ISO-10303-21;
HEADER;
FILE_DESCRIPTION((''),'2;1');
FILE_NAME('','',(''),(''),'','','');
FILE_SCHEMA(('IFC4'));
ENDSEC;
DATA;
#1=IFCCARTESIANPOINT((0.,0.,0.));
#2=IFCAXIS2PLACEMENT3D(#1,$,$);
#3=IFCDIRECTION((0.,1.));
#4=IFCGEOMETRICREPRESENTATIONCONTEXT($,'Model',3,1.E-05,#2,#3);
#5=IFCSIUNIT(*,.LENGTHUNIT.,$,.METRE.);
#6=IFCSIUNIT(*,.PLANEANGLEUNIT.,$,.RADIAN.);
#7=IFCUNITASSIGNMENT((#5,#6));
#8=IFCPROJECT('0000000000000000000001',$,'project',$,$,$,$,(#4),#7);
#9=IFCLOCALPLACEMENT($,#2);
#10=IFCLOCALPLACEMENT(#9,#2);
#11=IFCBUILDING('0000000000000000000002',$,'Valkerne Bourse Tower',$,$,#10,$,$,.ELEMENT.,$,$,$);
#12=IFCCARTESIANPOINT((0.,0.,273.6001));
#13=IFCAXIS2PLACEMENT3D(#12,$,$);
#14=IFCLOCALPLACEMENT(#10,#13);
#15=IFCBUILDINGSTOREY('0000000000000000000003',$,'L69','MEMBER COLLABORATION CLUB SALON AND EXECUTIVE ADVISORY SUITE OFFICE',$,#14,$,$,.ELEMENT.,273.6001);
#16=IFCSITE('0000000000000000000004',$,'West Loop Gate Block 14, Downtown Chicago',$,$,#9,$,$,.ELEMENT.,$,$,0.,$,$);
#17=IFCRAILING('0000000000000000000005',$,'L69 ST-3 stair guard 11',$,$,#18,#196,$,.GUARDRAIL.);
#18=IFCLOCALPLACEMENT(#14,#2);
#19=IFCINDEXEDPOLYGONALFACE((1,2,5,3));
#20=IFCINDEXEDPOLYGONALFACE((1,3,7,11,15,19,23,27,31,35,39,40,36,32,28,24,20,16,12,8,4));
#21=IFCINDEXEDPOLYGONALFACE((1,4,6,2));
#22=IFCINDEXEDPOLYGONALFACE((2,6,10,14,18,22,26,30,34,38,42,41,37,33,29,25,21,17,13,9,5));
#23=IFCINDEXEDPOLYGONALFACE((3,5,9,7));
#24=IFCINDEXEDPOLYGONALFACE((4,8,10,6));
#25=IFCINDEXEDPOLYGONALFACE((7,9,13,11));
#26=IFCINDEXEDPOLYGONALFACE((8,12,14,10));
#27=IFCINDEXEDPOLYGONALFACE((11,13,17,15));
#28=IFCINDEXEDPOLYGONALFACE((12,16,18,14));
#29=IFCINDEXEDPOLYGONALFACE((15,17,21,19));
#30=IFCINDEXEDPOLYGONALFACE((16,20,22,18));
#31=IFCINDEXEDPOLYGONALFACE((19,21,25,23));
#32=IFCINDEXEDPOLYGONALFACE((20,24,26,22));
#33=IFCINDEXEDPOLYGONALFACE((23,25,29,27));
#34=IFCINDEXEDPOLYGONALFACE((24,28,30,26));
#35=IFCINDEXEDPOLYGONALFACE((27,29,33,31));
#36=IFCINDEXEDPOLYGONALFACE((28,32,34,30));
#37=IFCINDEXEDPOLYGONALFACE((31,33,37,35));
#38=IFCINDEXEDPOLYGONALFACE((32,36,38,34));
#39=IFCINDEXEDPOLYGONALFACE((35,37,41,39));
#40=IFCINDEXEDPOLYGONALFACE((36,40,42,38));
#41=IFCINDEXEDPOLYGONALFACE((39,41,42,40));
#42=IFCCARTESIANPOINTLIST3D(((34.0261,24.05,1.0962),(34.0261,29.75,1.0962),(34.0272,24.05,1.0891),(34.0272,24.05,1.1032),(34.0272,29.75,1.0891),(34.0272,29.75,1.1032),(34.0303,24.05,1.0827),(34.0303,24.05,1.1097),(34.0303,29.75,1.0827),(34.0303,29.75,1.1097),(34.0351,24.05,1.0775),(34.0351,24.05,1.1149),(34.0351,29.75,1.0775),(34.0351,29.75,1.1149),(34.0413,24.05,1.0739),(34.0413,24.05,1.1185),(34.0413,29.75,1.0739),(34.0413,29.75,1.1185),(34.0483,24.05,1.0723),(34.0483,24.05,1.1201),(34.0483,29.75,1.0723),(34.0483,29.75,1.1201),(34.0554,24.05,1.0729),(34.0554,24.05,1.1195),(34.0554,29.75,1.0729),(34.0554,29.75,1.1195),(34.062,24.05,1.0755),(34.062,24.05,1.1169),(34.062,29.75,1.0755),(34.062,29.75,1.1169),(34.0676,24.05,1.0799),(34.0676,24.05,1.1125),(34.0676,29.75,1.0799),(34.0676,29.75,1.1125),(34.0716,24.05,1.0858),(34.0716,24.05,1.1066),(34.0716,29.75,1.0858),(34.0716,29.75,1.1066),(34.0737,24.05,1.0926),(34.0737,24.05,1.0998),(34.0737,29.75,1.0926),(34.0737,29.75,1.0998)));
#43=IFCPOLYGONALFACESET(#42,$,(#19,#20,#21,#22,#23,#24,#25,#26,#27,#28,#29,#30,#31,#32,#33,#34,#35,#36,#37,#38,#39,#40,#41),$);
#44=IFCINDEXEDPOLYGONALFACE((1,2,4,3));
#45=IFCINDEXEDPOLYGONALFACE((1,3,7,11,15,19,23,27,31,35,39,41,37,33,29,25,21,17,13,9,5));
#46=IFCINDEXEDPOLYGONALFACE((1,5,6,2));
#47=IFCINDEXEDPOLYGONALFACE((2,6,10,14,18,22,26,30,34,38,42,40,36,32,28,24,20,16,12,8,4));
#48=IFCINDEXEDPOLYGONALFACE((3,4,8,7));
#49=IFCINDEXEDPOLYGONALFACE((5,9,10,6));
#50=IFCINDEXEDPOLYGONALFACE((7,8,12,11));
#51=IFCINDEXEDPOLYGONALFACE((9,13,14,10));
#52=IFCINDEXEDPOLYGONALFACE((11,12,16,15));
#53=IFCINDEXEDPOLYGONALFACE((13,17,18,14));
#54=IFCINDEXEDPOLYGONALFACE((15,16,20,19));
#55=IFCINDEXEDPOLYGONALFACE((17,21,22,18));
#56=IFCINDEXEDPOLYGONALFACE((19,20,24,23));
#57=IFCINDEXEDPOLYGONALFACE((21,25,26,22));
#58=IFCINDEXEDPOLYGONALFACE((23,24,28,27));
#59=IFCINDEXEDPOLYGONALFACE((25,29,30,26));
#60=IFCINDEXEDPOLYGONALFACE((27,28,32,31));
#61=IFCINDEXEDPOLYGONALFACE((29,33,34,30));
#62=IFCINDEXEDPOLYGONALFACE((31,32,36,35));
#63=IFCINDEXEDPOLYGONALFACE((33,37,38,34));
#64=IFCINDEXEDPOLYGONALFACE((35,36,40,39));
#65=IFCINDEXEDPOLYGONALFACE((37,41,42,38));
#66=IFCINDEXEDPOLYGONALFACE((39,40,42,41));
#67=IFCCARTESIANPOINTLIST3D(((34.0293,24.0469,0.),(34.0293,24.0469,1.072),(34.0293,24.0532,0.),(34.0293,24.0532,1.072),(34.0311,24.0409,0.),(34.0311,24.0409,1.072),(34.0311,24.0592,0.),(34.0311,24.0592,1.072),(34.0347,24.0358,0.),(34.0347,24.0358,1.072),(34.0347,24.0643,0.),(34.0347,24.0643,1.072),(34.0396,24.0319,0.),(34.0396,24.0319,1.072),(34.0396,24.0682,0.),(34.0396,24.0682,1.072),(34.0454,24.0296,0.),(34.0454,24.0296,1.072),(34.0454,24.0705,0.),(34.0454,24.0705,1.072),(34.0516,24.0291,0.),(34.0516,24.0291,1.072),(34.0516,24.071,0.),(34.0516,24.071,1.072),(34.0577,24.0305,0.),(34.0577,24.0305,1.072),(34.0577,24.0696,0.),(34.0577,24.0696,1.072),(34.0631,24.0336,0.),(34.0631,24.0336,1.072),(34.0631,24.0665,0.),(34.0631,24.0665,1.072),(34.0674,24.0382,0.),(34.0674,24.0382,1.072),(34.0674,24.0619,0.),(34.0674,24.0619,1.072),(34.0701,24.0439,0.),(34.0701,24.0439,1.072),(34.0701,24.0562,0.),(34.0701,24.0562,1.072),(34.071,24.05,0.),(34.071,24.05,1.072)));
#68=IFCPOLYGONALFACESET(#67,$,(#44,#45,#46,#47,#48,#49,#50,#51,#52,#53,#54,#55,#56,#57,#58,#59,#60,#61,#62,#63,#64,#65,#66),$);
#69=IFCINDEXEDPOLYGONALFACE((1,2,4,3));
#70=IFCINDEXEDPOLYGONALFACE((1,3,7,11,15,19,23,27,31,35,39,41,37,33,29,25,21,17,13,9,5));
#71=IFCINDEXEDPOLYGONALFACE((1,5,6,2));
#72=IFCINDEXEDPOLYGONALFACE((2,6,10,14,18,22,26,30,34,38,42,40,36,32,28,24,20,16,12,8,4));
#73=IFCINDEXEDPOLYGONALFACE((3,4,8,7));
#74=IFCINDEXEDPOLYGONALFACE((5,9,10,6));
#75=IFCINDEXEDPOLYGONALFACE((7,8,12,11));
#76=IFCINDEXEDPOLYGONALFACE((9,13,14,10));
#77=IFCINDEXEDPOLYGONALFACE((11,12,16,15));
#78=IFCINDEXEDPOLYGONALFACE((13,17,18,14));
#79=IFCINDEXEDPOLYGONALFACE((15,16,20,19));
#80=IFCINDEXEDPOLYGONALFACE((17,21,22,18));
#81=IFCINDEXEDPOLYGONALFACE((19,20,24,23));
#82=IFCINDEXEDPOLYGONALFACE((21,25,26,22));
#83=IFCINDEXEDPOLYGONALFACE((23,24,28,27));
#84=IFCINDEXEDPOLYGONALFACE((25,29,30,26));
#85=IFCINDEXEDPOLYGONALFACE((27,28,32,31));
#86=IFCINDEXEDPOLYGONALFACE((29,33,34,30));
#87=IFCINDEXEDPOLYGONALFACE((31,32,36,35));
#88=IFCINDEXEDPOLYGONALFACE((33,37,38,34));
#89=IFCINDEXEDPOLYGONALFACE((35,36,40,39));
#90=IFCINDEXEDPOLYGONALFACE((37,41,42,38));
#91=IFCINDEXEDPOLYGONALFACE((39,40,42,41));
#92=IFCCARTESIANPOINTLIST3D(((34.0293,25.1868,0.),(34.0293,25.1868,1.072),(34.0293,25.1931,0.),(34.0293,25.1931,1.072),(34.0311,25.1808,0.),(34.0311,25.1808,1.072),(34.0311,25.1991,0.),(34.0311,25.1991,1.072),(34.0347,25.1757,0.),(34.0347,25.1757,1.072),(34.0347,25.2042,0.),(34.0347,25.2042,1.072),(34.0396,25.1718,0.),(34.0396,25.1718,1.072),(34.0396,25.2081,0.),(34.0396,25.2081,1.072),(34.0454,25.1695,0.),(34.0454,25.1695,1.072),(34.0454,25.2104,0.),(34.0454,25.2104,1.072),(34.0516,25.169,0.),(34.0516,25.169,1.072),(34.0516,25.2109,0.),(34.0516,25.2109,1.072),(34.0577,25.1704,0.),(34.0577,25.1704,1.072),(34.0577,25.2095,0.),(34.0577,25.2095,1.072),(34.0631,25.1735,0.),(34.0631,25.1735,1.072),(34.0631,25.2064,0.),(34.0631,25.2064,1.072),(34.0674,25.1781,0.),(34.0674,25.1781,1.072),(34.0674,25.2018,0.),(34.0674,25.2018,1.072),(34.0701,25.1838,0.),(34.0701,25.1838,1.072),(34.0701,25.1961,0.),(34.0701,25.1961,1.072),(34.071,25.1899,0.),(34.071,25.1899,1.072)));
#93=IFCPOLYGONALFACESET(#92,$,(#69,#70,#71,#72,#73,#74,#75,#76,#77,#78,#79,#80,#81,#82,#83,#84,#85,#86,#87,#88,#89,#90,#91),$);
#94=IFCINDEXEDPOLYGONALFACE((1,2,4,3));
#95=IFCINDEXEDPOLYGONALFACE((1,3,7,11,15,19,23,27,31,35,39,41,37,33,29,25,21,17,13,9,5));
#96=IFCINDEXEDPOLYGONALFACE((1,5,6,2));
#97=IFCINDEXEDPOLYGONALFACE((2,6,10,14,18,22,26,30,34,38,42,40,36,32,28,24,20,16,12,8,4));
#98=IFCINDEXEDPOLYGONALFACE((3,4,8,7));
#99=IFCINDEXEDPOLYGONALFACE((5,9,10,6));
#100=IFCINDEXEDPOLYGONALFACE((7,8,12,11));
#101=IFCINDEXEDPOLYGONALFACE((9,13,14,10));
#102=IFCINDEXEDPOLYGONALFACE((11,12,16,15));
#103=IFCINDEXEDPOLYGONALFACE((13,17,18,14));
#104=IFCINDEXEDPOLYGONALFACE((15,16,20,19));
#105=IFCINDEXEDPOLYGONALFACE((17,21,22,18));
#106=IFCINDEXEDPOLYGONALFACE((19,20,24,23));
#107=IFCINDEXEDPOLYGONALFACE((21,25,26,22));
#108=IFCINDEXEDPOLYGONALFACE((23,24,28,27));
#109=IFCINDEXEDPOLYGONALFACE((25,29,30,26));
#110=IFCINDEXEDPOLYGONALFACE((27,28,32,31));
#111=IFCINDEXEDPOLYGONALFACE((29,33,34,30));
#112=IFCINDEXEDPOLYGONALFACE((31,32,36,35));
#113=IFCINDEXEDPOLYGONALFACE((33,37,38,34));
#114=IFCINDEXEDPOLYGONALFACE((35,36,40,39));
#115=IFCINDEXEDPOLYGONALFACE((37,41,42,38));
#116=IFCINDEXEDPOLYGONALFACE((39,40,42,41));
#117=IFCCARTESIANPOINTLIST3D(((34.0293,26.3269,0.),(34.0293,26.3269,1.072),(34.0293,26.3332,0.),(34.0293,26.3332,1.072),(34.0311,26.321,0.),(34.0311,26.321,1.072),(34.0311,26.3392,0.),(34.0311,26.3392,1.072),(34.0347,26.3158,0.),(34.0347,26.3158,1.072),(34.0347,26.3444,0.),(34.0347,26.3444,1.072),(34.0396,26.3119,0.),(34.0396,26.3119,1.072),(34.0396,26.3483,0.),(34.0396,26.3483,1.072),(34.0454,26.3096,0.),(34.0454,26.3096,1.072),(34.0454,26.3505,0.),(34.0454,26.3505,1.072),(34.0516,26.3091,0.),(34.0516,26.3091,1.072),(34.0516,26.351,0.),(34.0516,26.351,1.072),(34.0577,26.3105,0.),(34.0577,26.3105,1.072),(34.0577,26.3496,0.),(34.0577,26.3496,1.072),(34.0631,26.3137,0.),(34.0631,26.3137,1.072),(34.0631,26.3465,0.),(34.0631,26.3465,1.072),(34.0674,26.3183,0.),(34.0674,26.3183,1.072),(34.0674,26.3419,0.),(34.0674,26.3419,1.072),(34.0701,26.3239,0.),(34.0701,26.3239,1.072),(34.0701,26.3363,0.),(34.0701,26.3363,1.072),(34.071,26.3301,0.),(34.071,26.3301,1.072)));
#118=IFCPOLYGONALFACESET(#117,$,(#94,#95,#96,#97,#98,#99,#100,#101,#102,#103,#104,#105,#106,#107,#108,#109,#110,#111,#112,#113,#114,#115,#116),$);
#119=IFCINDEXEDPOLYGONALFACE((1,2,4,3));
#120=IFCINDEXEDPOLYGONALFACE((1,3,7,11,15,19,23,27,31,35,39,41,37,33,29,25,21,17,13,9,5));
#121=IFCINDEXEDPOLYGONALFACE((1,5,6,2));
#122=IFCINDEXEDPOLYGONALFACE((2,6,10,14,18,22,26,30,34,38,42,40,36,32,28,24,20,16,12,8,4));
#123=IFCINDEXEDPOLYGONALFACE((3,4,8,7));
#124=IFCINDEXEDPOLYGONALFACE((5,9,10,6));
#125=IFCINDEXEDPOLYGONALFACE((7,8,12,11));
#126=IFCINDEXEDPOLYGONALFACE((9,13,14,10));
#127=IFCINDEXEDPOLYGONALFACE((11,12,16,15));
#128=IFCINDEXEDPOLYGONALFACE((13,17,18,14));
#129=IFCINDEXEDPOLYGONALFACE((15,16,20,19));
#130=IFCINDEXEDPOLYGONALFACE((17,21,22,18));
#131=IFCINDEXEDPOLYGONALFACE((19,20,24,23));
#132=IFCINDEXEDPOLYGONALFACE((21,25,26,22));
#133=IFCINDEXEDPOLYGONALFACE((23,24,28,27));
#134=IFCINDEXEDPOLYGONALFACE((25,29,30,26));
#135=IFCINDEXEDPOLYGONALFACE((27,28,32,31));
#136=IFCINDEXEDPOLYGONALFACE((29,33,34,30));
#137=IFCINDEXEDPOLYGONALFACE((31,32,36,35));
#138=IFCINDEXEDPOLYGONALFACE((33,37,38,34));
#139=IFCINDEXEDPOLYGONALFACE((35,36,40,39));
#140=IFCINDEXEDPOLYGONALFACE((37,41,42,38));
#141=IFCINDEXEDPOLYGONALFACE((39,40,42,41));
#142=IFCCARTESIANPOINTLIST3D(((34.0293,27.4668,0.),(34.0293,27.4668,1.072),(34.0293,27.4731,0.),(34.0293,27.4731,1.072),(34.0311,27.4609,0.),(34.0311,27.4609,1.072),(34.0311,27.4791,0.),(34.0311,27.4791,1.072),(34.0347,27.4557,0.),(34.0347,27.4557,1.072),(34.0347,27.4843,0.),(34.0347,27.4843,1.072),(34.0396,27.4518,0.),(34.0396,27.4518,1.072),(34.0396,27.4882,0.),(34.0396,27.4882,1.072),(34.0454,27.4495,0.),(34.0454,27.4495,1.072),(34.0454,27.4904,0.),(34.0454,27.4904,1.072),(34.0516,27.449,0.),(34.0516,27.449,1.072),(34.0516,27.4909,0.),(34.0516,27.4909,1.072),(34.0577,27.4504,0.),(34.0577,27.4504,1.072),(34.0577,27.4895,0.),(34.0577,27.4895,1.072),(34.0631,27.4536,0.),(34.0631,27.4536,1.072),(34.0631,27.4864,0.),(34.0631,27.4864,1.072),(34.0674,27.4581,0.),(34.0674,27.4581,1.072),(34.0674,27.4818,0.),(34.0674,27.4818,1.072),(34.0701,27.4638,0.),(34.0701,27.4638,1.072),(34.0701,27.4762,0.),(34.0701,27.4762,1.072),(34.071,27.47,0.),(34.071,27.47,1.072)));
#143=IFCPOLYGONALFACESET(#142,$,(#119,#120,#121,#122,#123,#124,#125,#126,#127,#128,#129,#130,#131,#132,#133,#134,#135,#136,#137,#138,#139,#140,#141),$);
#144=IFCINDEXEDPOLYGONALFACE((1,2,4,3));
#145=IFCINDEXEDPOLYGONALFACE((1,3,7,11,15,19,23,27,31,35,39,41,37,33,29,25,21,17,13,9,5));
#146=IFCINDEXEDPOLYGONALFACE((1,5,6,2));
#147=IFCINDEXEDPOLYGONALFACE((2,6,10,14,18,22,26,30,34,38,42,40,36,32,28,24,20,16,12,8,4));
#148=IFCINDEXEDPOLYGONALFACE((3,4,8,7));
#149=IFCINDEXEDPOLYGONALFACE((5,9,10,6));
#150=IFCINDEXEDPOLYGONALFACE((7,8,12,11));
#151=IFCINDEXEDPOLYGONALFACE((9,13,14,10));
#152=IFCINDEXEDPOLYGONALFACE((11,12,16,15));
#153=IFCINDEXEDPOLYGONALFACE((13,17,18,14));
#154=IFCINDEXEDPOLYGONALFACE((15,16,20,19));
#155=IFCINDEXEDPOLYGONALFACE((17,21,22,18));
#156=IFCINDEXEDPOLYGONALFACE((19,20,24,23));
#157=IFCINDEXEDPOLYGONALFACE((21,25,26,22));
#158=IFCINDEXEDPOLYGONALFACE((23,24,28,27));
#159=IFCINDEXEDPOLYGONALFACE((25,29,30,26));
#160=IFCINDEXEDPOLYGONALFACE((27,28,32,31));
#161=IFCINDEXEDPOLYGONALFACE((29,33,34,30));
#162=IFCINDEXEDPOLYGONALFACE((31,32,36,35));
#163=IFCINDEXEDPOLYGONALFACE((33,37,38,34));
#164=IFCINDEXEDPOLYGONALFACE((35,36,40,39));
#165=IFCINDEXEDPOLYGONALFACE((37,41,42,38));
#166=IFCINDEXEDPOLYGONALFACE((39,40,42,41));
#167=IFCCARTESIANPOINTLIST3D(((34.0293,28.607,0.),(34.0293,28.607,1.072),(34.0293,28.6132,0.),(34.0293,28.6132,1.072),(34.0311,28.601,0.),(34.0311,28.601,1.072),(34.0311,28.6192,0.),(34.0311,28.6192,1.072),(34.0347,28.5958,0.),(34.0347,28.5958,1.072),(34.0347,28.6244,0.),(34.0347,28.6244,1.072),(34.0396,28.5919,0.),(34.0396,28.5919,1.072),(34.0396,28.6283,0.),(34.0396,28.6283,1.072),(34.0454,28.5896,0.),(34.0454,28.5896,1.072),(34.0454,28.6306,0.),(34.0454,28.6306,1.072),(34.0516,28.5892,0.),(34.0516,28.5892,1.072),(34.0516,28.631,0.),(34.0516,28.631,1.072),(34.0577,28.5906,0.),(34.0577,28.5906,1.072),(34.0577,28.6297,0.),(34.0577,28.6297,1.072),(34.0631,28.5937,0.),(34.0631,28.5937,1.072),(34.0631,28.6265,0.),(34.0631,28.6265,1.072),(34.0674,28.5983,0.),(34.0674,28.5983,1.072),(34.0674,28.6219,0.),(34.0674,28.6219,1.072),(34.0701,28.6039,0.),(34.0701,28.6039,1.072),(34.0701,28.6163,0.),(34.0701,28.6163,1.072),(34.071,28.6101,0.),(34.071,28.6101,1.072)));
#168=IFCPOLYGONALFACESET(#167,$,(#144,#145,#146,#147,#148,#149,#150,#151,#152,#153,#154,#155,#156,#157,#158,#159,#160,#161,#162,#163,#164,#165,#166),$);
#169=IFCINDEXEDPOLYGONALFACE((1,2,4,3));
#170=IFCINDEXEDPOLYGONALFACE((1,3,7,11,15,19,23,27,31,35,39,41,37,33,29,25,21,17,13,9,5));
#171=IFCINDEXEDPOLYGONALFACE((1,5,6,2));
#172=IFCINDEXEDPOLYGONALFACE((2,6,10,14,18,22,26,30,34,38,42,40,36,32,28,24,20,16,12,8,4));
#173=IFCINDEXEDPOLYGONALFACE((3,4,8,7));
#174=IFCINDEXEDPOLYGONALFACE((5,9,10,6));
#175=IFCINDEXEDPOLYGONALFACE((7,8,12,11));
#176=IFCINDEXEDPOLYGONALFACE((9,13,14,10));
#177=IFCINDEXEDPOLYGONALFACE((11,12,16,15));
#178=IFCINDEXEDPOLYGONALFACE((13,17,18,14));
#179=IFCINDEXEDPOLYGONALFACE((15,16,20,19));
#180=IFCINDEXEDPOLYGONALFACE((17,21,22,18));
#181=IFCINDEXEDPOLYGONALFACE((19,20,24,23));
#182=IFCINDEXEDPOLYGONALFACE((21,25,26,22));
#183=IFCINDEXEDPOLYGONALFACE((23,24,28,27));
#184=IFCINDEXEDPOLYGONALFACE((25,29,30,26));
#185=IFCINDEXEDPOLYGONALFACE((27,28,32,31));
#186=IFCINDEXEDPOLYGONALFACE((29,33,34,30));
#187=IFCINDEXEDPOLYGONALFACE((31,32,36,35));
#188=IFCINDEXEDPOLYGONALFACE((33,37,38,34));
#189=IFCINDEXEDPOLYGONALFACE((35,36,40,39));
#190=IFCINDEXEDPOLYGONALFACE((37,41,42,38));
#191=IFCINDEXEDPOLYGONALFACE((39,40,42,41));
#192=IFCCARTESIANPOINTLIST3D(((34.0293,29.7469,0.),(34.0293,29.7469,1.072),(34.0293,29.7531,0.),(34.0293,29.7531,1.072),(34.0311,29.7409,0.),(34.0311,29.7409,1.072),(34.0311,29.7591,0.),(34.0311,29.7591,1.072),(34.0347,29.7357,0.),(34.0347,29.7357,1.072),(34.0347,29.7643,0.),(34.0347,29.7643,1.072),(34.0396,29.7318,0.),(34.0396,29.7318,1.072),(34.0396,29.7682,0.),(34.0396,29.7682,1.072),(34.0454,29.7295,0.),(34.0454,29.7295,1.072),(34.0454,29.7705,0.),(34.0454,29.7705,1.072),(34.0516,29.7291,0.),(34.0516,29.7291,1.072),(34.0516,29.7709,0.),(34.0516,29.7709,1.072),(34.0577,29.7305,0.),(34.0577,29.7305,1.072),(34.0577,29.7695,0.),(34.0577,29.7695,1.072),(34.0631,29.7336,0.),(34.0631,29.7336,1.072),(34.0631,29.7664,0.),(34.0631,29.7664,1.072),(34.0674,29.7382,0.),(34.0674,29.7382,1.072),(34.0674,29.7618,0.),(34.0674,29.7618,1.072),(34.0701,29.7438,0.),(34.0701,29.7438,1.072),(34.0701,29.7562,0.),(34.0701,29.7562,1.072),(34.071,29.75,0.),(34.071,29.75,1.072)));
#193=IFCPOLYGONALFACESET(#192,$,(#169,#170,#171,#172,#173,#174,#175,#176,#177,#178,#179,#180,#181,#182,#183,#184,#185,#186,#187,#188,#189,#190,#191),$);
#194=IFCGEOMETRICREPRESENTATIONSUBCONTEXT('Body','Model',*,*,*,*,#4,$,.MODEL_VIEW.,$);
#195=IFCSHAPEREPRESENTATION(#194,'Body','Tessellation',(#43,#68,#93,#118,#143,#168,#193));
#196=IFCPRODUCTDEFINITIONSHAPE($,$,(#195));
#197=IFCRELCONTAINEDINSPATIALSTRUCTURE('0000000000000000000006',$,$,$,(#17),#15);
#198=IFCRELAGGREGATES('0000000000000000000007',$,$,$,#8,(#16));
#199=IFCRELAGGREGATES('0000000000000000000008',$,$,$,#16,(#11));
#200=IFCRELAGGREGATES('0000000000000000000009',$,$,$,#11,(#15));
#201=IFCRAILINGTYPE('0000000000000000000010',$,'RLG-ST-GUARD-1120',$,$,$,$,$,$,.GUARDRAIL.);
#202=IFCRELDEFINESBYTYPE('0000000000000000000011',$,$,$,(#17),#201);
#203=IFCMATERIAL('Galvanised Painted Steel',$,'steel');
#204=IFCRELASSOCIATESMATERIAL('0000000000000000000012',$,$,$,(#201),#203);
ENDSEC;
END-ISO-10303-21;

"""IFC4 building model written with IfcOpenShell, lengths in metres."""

from ifc_helpers import new_model, si_unit, direction, frame, origin, origin_2d, place, context, subcontext, project, spatial, circle, extrude, material, type_object, element, save


model = new_model("IFC4")

# Units and contexts
model_context = context("Model", 3, precision=1e-05, world=origin(), true_north=direction((0.0, 1.0)))
body_context = subcontext(model_context, "Body", "Model", "MODEL_VIEW")
ifc_project = project(units=[si_unit("LENGTHUNIT", "METRE"), si_unit("PLANEANGLEUNIT", "RADIAN")], contexts=[model_context])

# Site, building, storey
site_placement = place(None, origin())
site = spatial("IfcSite", under=ifc_project, at=site_placement, Name="West Loop Gate Block 14, Downtown Chicago", CompositionType="ELEMENT", RefElevation=0.0)
building_placement = place(site_placement, origin())
building = spatial("IfcBuilding", under=site, at=building_placement, Name="Valkerne Bourse Tower", CompositionType="ELEMENT")
storey_placement = place(building_placement, frame((0.0, 0.0, 273.6001)))
storey = spatial("IfcBuildingStorey", under=building, at=storey_placement, Name="L69", Description="MEMBER COLLABORATION CLUB SALON AND EXECUTIVE ADVISORY SUITE OFFICE", CompositionType="ELEMENT", Elevation=273.6001)

# Shared definitions
ifc_material_1 = material(Name="Galvanised Painted Steel", Category="steel")

# Railing
railing_type_1 = type_object("IfcRailingType", Name="RLG-ST-GUARD-1120", PredefinedType="GUARDRAIL", material=ifc_material_1)
railing_1_placement = place(storey_placement, frame((34.05, 24.05, 0.0)))
element("IfcRailing", 1, at=railing_1_placement, inside=storey, type_object=railing_type_1, Name="L69 ST-3 stair guard 11", PredefinedType="GUARDRAIL", context=body_context, shape_type="SweptSolid", body=[
    extrude(circle(Radius=0.0239, at=origin_2d()), frame((0.0, 0.0, 1.0962), z_axis=(0.0, 1.0, 0.0), x_axis=(-1.0, 0.0, 0.0)), (0.0, 0.0, 1.0), 5.7),
    extrude(circle(Radius=0.021, at=origin_2d()), origin(), (0.0, 0.0, 1.0), 1.072),
    extrude(circle(Radius=0.021, at=origin_2d()), frame((0.0, 1.1399, 0.0)), (0.0, 0.0, 1.0), 1.072),
    extrude(circle(Radius=0.021, at=origin_2d()), frame((0.0, 2.28, 0.0)), (0.0, 0.0, 1.0), 1.072),
    extrude(circle(Radius=0.021, at=origin_2d()), frame((0.0, 3.4199, 0.0)), (0.0, 0.0, 1.0), 1.072),
    extrude(circle(Radius=0.021, at=origin_2d()), frame((0.0, 4.5601, 0.0)), (0.0, 0.0, 1.0), 1.072),
    extrude(circle(Radius=0.021, at=origin_2d()), frame((0.0, 5.7, 0.0)), (0.0, 0.0, 1.0), 1.072),
])

save(model, "model.ifc")
